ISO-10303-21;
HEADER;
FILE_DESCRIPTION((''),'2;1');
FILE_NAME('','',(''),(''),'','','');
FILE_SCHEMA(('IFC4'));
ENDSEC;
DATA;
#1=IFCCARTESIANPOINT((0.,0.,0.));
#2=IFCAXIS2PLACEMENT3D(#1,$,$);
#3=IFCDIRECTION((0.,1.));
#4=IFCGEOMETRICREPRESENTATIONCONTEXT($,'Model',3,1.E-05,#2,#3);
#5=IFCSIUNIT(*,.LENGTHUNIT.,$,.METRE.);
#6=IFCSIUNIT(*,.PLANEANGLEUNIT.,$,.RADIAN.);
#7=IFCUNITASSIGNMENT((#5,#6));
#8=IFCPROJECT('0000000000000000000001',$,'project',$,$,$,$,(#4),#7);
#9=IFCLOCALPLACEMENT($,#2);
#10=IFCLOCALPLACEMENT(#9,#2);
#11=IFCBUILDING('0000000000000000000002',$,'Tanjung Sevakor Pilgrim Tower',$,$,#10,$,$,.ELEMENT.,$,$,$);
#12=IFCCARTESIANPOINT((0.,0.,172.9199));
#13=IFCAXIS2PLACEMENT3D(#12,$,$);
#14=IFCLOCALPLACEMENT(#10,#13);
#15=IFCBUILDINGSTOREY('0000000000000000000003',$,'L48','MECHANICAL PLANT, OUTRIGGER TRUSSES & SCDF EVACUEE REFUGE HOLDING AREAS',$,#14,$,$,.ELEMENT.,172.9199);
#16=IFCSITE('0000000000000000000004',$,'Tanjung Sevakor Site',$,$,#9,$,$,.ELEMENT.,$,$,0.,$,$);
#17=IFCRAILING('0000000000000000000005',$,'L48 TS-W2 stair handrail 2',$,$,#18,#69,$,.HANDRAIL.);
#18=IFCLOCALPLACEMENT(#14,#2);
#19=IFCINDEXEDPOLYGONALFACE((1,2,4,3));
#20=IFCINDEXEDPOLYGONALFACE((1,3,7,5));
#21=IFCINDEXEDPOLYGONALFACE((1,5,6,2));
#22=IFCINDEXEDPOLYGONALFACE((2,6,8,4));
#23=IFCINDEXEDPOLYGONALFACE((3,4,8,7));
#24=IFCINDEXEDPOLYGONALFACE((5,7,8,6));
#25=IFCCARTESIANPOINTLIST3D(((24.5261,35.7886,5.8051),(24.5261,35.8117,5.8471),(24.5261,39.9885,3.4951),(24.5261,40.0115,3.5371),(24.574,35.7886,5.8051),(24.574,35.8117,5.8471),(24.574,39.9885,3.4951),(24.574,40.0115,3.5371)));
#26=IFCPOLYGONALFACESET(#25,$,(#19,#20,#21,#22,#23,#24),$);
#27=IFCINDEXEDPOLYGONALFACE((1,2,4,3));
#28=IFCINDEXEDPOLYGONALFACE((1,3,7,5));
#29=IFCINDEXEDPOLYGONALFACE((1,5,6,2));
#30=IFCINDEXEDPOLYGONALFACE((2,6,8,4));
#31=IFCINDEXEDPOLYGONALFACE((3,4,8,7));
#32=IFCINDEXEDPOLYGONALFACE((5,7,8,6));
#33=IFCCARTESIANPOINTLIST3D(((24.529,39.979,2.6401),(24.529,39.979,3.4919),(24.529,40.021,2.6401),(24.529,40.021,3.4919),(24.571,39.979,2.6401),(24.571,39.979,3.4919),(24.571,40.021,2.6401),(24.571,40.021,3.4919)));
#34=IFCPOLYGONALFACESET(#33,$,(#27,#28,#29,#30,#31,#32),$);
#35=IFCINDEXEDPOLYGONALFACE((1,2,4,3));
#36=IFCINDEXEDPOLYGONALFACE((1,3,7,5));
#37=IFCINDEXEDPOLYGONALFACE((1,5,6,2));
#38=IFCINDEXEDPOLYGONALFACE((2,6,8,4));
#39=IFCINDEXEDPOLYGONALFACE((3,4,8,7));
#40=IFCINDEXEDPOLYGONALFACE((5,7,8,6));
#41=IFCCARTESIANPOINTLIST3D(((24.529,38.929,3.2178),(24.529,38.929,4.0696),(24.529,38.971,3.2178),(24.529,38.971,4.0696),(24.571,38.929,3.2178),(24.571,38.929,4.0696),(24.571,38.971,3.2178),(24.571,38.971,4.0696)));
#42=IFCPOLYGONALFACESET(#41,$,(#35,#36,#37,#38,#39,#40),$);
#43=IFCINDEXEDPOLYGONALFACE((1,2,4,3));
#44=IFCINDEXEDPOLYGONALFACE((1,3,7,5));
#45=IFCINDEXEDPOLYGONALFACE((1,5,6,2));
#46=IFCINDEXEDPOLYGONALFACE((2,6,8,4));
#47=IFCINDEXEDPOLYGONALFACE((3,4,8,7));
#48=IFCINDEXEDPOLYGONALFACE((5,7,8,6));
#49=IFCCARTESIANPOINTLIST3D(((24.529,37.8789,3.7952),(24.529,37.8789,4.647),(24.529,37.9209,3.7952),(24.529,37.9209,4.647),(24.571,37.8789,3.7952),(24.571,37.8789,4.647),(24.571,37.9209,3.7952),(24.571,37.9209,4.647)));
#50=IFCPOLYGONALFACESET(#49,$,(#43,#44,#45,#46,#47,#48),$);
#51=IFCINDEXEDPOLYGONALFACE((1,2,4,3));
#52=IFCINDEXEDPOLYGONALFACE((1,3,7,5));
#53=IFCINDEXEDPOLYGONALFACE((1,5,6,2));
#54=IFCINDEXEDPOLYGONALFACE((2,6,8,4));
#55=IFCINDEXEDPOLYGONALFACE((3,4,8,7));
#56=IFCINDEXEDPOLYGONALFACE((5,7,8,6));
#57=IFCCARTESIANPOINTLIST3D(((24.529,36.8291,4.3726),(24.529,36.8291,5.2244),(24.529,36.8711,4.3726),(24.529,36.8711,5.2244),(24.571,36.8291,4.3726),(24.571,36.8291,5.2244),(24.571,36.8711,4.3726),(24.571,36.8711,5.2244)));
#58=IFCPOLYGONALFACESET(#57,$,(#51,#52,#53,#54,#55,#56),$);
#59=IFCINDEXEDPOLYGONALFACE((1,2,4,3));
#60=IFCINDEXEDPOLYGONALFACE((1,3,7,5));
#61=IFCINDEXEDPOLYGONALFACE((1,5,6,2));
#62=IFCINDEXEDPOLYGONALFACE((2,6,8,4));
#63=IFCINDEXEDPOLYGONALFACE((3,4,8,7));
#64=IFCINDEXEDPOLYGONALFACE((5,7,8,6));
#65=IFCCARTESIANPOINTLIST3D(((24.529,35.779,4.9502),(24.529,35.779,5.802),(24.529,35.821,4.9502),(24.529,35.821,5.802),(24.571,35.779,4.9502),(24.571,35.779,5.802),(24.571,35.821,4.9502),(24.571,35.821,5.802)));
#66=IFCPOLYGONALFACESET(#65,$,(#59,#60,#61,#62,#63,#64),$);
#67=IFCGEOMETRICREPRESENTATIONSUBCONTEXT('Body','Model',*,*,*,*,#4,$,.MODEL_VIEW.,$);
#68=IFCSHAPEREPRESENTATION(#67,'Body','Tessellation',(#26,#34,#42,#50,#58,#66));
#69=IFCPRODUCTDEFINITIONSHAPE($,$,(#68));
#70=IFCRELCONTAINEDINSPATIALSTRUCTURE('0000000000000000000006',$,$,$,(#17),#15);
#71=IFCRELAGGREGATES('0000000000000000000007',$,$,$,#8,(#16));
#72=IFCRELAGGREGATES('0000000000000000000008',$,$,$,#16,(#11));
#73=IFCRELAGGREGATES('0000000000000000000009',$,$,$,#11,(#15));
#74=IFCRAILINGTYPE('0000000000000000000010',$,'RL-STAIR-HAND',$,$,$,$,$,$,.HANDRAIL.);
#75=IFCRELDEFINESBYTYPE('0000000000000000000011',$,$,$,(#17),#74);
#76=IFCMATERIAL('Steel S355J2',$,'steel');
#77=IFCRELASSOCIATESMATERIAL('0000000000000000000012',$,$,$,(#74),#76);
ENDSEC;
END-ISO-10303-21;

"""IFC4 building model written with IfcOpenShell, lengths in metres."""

from ifc_helpers import new_model, si_unit, direction, frame, origin, place, context, subcontext, project, spatial, rectangle, extrude, material, type_object, element, save


model = new_model("IFC4")

# Units and contexts
model_context = context("Model", 3, precision=1e-05, world=origin(), true_north=direction((0.0, 1.0)))
body_context = subcontext(model_context, "Body", "Model", "MODEL_VIEW")
ifc_project = project(units=[si_unit("LENGTHUNIT", "METRE"), si_unit("PLANEANGLEUNIT", "RADIAN")], contexts=[model_context])

# Site, building, storey
site_placement = place(None, origin())
site = spatial("IfcSite", under=ifc_project, at=site_placement, Name="Tanjung Sevakor Site", CompositionType="ELEMENT", RefElevation=0.0)
building_placement = place(site_placement, origin())
building = spatial("IfcBuilding", under=site, at=building_placement, Name="Tanjung Sevakor Pilgrim Tower", CompositionType="ELEMENT")
storey_placement = place(building_placement, frame((0.0, 0.0, 172.9199)))
storey = spatial("IfcBuildingStorey", under=building, at=storey_placement, Name="L48", Description="MECHANICAL PLANT, OUTRIGGER TRUSSES & SCDF EVACUEE REFUGE HOLDING AREAS", CompositionType="ELEMENT", Elevation=172.9199)

# Railing
ifc_material_1 = material(Name="Steel S355J2", Category="steel")
railing_type_1 = type_object("IfcRailingType", Name="RL-STAIR-HAND", PredefinedType="HANDRAIL", material=ifc_material_1)
railing_1_placement = place(storey_placement, frame((24.55, 40.0, 2.6401)))
element("IfcRailing", 1, at=railing_1_placement, inside=storey, type_object=railing_type_1, Name="L48 TS-W2 stair handrail 2", PredefinedType="HANDRAIL", context=body_context, shape_type="SweptSolid", body=[
    extrude(rectangle(XDim=0.0479, YDim=0.0479), frame((0.0, 0.0, 0.876), z_axis=(0.0, -0.876208, 0.481932), x_axis=(1.0, 0.0, 0.0)), (0.0, 0.0, 1.0), 4.7932),
    extrude(rectangle(XDim=0.042, YDim=0.042), origin(), (0.0, 0.0, 1.0), 0.8518),
    extrude(rectangle(XDim=0.042, YDim=0.042), frame((0.0, -1.05, 0.5776)), (0.0, 0.0, 1.0), 0.8518),
    extrude(rectangle(XDim=0.042, YDim=0.042), frame((0.0, -2.1001, 1.155)), (0.0, 0.0, 1.0), 0.8518),
    extrude(rectangle(XDim=0.042, YDim=0.042), frame((0.0, -3.1499, 1.7324)), (0.0, 0.0, 1.0), 0.8518),
    extrude(rectangle(XDim=0.042, YDim=0.042), frame((0.0, -4.2, 2.3101)), (0.0, 0.0, 1.0), 0.8518),
])

save(model, "model.ifc")
